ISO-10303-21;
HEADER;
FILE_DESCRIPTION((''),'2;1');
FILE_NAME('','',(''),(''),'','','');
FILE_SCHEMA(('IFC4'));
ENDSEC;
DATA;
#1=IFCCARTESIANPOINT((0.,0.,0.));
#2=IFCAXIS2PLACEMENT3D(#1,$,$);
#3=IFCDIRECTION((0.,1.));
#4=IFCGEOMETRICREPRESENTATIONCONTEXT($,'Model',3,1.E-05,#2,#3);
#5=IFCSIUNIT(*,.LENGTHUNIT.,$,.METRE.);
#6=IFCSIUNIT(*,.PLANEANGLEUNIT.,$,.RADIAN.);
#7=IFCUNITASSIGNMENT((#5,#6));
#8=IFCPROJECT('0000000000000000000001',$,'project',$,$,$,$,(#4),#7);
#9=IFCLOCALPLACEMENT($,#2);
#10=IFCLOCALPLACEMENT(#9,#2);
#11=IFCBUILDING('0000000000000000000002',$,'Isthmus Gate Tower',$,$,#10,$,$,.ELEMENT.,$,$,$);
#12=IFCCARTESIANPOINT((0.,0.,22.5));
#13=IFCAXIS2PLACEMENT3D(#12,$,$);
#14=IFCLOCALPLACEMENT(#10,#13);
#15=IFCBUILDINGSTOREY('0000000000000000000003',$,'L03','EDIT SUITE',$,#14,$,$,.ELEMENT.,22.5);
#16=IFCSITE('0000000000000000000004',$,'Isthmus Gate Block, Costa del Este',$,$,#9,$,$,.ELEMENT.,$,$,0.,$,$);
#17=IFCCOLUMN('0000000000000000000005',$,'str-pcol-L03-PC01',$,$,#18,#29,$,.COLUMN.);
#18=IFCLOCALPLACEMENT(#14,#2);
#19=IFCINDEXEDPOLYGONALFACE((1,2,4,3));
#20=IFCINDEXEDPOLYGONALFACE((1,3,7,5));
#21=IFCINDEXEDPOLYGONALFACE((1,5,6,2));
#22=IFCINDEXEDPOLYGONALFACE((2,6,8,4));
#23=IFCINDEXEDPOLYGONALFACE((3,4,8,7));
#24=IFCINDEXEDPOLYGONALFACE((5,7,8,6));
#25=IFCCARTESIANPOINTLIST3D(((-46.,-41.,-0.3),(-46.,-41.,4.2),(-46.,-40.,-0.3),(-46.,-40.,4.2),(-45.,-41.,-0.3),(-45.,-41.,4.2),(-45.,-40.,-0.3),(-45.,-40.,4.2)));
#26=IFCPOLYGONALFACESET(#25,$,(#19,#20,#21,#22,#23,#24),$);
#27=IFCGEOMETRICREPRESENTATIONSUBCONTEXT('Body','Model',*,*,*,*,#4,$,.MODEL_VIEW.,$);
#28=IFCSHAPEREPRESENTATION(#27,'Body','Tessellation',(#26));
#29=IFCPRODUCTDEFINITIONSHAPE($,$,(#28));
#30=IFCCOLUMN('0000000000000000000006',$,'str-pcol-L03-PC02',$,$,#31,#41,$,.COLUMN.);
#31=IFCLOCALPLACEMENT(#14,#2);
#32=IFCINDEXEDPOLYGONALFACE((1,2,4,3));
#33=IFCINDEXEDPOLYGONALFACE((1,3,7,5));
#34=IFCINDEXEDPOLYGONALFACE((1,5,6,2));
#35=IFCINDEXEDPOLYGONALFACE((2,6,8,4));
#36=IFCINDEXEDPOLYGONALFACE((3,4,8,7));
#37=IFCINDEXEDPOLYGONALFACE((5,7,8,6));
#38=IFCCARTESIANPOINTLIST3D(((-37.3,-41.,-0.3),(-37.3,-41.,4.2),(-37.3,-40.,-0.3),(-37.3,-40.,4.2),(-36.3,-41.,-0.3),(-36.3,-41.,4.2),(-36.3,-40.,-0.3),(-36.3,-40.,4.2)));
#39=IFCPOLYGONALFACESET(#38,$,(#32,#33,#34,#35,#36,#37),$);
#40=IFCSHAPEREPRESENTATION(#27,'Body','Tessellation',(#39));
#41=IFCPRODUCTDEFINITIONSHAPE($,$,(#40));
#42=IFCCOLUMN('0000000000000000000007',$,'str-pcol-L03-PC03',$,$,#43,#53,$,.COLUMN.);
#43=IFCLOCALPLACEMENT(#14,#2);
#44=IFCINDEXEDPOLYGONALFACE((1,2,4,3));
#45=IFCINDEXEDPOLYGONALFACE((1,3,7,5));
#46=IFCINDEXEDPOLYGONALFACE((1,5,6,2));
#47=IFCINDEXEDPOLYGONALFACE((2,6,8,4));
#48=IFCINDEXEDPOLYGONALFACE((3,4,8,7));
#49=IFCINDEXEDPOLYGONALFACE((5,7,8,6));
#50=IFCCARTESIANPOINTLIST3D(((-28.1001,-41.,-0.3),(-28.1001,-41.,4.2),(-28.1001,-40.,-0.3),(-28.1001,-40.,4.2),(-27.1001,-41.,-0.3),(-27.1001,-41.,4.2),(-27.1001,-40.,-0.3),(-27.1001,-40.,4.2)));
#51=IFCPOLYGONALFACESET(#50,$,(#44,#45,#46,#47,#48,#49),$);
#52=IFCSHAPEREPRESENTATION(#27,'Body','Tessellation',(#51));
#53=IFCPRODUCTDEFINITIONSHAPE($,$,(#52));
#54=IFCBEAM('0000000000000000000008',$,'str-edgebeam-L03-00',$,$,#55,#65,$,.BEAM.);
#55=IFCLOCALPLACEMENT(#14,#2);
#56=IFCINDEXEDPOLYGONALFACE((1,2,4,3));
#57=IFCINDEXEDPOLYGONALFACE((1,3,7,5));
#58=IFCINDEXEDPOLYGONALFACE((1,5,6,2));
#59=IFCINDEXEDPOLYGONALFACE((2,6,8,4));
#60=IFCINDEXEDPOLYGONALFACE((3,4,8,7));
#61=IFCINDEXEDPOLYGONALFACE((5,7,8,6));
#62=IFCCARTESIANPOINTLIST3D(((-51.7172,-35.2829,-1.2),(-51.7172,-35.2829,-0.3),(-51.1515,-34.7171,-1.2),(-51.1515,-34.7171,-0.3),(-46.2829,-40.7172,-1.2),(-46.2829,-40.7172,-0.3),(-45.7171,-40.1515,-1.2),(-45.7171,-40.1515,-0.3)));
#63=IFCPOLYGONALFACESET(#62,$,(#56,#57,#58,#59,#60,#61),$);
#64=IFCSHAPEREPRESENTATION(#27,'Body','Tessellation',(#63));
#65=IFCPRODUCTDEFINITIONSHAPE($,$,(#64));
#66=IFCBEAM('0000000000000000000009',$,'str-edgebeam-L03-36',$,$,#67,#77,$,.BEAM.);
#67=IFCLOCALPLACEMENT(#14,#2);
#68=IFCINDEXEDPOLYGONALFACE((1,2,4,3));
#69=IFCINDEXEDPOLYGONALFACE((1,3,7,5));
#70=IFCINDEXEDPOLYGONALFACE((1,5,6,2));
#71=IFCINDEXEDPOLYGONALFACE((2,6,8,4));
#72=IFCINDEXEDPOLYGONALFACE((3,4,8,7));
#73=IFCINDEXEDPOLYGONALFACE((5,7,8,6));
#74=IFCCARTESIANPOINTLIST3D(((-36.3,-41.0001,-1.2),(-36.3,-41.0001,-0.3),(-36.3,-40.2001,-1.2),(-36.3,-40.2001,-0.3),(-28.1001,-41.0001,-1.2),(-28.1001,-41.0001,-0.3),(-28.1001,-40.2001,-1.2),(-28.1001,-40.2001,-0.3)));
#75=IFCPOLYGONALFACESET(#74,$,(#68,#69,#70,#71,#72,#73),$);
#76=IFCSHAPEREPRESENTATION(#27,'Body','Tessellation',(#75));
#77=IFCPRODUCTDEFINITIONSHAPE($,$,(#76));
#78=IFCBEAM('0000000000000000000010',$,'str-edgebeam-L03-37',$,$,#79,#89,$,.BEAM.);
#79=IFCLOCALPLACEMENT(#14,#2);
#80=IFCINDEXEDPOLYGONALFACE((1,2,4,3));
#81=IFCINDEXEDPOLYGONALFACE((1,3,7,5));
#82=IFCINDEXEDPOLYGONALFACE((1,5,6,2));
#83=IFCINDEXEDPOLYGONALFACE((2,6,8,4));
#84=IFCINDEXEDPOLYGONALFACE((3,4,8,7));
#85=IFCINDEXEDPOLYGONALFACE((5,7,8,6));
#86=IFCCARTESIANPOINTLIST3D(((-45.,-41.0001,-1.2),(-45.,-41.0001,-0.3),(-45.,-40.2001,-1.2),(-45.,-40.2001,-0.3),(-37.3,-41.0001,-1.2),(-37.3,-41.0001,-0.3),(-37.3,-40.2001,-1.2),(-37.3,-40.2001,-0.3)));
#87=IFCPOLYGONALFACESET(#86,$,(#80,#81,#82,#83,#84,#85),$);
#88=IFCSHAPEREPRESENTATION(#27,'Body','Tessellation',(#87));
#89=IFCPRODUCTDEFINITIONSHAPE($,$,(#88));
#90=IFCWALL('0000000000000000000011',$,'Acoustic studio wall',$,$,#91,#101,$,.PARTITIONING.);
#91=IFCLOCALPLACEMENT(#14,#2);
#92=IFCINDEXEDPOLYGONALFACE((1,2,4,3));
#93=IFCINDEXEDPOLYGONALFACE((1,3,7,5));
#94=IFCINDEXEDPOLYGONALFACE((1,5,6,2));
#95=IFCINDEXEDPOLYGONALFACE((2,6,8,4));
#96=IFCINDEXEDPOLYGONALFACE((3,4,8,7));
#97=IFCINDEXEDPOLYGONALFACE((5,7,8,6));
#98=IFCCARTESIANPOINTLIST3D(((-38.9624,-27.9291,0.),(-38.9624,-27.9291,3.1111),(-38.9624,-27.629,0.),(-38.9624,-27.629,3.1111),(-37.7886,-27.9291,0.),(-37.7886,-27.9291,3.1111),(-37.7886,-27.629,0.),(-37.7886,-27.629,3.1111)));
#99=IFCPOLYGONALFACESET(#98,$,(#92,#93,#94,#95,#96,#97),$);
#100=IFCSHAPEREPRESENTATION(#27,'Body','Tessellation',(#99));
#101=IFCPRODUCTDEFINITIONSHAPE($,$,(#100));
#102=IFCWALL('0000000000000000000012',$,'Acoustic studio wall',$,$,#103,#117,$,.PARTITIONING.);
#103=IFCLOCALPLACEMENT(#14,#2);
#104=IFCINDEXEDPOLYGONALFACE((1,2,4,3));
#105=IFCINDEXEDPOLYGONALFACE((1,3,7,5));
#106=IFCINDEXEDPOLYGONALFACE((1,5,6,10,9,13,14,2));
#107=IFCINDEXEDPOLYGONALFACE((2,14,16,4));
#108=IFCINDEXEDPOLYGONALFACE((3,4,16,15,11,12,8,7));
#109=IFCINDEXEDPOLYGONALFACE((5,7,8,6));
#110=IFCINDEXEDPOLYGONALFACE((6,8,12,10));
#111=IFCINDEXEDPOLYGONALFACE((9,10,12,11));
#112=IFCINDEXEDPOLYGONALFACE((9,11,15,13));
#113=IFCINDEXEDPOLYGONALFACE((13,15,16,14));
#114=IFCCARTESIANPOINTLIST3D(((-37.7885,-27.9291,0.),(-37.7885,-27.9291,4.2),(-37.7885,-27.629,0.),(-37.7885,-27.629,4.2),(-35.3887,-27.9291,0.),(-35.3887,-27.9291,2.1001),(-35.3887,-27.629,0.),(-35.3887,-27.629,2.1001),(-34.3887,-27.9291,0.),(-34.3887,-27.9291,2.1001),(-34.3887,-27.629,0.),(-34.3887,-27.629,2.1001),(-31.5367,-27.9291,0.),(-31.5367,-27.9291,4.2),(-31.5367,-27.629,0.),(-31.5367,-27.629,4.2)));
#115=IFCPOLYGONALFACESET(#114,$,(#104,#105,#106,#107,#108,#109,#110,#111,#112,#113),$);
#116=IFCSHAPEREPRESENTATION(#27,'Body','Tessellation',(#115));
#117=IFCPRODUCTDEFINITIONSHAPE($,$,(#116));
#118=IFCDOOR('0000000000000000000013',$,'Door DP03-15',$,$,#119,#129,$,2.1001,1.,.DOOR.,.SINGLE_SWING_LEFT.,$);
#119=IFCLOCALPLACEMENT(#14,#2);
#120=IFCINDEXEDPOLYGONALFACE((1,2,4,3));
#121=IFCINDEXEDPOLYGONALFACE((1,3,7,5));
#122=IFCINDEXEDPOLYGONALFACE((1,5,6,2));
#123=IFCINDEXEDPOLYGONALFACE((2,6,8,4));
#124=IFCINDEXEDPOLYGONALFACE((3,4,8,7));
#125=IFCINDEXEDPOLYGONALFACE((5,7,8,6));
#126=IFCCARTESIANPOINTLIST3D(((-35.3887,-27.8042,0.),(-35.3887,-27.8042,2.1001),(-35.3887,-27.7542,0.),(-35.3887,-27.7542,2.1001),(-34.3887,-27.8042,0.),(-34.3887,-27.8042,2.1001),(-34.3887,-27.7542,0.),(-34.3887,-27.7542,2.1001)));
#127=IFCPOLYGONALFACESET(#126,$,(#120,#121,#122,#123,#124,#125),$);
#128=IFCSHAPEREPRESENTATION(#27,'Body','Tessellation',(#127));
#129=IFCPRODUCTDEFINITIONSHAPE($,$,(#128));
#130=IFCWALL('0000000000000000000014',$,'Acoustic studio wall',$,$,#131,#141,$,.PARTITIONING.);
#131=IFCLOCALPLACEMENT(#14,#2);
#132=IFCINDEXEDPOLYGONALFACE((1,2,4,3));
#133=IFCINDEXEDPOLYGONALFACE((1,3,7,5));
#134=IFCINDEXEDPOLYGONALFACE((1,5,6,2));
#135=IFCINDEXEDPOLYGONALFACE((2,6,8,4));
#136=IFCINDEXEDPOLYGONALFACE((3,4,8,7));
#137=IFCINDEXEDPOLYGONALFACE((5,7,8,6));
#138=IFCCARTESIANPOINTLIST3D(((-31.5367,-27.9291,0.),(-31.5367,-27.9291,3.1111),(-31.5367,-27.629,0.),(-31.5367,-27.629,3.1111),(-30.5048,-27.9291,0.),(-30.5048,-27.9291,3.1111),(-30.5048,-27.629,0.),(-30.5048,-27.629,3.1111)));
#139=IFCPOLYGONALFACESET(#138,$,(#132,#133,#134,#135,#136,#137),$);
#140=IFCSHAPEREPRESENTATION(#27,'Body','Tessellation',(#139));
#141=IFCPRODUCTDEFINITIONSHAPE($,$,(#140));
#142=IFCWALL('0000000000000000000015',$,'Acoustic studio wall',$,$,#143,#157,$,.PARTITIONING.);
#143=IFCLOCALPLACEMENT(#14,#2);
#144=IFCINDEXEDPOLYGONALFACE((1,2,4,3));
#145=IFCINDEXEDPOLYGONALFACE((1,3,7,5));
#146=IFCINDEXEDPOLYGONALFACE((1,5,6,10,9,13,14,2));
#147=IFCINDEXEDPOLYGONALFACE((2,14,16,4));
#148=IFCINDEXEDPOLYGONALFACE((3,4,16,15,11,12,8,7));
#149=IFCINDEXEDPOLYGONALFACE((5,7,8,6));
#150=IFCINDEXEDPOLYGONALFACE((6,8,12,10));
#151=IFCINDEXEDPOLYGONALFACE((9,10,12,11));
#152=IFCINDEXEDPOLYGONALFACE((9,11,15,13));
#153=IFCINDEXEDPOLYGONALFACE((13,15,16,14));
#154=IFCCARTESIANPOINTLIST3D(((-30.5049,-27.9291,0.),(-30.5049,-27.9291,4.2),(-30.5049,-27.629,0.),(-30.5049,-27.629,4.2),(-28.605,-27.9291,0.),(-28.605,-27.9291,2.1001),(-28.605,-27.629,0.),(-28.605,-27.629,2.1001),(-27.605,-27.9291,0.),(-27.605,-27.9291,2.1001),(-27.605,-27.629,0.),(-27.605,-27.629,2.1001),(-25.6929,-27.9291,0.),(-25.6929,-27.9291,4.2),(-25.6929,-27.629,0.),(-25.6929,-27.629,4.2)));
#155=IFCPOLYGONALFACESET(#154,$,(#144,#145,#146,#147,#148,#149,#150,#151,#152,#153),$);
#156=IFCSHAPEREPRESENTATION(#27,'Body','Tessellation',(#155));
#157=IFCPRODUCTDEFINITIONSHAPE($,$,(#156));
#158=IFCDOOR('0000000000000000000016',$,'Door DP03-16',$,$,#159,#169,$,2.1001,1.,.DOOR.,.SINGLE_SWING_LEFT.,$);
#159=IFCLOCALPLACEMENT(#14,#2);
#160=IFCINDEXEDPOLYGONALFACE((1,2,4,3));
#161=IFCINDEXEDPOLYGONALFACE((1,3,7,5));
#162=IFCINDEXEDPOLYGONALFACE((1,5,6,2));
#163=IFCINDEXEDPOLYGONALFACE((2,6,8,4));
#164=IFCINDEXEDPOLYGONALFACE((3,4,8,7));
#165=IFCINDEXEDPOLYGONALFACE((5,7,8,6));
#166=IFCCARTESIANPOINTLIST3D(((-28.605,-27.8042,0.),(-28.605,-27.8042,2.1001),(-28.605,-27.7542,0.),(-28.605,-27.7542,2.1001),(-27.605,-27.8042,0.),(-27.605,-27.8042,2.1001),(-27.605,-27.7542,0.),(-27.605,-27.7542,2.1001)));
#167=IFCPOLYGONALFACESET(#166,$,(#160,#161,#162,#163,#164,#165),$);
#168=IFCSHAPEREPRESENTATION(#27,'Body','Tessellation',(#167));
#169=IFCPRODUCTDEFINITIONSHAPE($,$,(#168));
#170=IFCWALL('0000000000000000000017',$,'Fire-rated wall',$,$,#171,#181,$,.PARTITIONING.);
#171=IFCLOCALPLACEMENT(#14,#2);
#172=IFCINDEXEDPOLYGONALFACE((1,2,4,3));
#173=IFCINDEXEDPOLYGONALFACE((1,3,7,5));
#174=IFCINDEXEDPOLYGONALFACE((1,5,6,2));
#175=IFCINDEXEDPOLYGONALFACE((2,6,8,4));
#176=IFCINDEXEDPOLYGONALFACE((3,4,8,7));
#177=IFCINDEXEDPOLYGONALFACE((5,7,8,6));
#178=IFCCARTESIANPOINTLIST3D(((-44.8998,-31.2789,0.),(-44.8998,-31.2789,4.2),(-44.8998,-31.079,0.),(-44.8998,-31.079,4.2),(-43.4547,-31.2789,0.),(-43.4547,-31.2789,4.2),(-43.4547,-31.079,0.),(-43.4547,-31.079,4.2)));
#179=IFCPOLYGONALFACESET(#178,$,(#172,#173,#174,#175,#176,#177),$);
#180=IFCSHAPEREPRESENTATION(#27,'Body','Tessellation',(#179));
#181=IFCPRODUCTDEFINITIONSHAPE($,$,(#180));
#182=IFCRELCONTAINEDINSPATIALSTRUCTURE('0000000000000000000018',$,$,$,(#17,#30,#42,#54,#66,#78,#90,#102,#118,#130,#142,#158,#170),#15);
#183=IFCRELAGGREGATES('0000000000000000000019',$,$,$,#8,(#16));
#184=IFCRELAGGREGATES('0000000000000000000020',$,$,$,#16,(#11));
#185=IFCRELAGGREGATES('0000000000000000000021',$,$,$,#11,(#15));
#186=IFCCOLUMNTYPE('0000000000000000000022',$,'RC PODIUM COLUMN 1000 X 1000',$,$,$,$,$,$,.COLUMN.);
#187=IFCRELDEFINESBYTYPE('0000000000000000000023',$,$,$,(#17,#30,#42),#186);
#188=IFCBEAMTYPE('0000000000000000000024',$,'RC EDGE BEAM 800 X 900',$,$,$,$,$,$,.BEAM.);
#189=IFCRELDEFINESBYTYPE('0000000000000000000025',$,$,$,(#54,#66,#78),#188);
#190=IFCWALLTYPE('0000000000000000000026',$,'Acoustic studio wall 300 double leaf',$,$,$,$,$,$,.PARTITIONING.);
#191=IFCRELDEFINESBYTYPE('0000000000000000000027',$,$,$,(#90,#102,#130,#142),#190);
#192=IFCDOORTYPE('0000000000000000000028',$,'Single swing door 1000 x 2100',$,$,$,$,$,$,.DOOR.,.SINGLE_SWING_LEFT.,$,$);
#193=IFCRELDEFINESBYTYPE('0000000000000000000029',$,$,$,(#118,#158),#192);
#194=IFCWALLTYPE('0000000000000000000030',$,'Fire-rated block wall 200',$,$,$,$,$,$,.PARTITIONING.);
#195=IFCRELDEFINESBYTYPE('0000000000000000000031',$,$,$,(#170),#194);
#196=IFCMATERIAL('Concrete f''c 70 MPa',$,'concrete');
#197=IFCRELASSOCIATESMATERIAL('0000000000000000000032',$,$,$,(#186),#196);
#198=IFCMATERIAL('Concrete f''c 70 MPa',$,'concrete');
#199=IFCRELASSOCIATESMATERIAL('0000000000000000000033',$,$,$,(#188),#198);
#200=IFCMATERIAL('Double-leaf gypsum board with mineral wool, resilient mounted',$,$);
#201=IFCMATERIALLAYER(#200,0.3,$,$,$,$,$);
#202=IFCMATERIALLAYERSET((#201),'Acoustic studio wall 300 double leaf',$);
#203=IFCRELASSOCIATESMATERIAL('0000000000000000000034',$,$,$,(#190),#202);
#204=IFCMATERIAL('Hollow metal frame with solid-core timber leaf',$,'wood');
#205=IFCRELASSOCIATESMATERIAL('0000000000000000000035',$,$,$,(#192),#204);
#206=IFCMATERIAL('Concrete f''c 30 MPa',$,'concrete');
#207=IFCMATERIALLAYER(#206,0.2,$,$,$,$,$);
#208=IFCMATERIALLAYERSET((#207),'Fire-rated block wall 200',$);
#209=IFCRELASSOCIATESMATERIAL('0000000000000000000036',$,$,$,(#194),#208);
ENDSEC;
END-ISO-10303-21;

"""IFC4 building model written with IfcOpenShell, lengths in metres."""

from ifc_helpers import new_model, si_unit, direction, frame, frame_2d, origin, origin_2d, place, context, subcontext, project, spatial, rectangle, extrude, material, layer, layer_set, material_profile, profile_set, type_object, element, fill, save


model = new_model("IFC4")

# Units and contexts
model_context = context("Model", 3, precision=1e-05, world=origin(), true_north=direction((0.0, 1.0)))
body_context = subcontext(model_context, "Body", "Model", "MODEL_VIEW")
ifc_project = project(units=[si_unit("LENGTHUNIT", "METRE"), si_unit("PLANEANGLEUNIT", "RADIAN")], contexts=[model_context])

# Site, building, storey
site_placement = place(None, origin())
site = spatial("IfcSite", under=ifc_project, at=site_placement, Name="Isthmus Gate Block, Costa del Este", CompositionType="ELEMENT", RefElevation=0.0)
building_placement = place(site_placement, origin())
building = spatial("IfcBuilding", under=site, at=building_placement, Name="Isthmus Gate Tower", CompositionType="ELEMENT")
storey_placement = place(building_placement, frame((0.0, 0.0, 22.5)))
storey = spatial("IfcBuildingStorey", under=building, at=storey_placement, Name="L03", Description="EDIT SUITE", CompositionType="ELEMENT", Elevation=22.5)

# Columns
ifc_material_1 = material(Name="Concrete f'c 70 MPa", Category="concrete")
ifc_material_profile_1 = material_profile(ifc_material_1, rectangle(XDim=1.0, YDim=1.0, at=origin_2d()), Name="RC 1000X1000")
ifc_profile_set_1 = profile_set([ifc_material_profile_1], Name="Concrete f'c 70 MPa")
column_type = type_object("IfcColumnType", Name="RC PODIUM COLUMN 1000 X 1000", PredefinedType="COLUMN", material=ifc_profile_set_1)
for number, where, z_axis, x_axis, name in (
    (1, (-45.5, -40.5, -0.3), (0.0, 0.0, 1.0), (1.0, 0.0, 0.0), "str-pcol-L03-PC01"),
    (2, (-36.8, -40.5, -0.3), (0.0, 0.0, 1.0), (1.0, 0.0, 0.0), "str-pcol-L03-PC02"),
    (3, (-27.6001, -40.5, -0.3), (0.0, 0.0, 1.0), (1.0, 0.0, 0.0), "str-pcol-L03-PC03"),
):
    element("IfcColumn", number, at=place(storey_placement, frame(where, z_axis=z_axis, x_axis=x_axis)), inside=storey, type_object=column_type, Name=name, PredefinedType="COLUMN", context=body_context, shape_type="SweptSolid", body=[
        extrude(rectangle(XDim=1.0, YDim=1.0, at=origin_2d()), origin(), (0.0, 0.0, 1.0), 4.5),
    ])

# Beams
ifc_material_2 = material(Name="Concrete f'c 70 MPa", Category="concrete")
ifc_material_profile_2 = material_profile(ifc_material_2, rectangle(XDim=0.8, YDim=0.8999, at=origin_2d()), Name="RC 800X900")
ifc_profile_set_2 = profile_set([ifc_material_profile_2], Name="Concrete f'c 70 MPa")
beam_type = type_object("IfcBeamType", Name="RC EDGE BEAM 800 X 900", PredefinedType="BEAM", material=ifc_profile_set_2)
beam_1_placement = place(storey_placement, frame((-46.0, -40.4343, -0.75), z_axis=(-0.707107, 0.707107, 0.0), x_axis=(-0.707107, -0.707107, 0.0)))
element("IfcBeam", 4, at=beam_1_placement, inside=storey, type_object=beam_type, Name="str-edgebeam-L03-00", PredefinedType="BEAM", context=body_context, shape_type="SweptSolid", body=[
    extrude(rectangle(XDim=0.8, YDim=0.8999, at=origin_2d()), origin(), (0.0, 0.0, 1.0), 7.6853),
])
beam_2_placement = place(storey_placement, frame((-28.1001, -40.6001, -0.75), z_axis=(-1.0, 0.0, 0.0), x_axis=(0.0, -1.0, 0.0)))
element("IfcBeam", 5, at=beam_2_placement, inside=storey, type_object=beam_type, Name="str-edgebeam-L03-36", PredefinedType="BEAM", context=body_context, shape_type="SweptSolid", body=[
    extrude(rectangle(XDim=0.8, YDim=0.8999, at=origin_2d()), origin(), (0.0, 0.0, 1.0), 8.2),
])
beam_3_placement = place(storey_placement, frame((-37.3, -40.6001, -0.75), z_axis=(-1.0, 0.0, 0.0), x_axis=(0.0, -1.0, 0.0)))
element("IfcBeam", 6, at=beam_3_placement, inside=storey, type_object=beam_type, Name="str-edgebeam-L03-37", PredefinedType="BEAM", context=body_context, shape_type="SweptSolid", body=[
    extrude(rectangle(XDim=0.8, YDim=0.8999, at=origin_2d()), origin(), (0.0, 0.0, 1.0), 7.7),
])

# Wall
ifc_material_3 = material(Name="Double-leaf gypsum board with mineral wool, resilient mounted")
ifc_layer_1 = layer(ifc_material_3, 0.3)
ifc_layer_set_1 = layer_set([ifc_layer_1], Name="Acoustic studio wall 300 double leaf")
wall_type_1 = type_object("IfcWallType", Name="Acoustic studio wall 300 double leaf", PredefinedType="PARTITIONING", material=ifc_layer_set_1)
wall_1_placement = place(storey_placement, frame((-38.9624, -27.7791, 0.0), z_axis=(0.0, 0.0, 1.0), x_axis=(1.0, 0.0, 0.0)))
element("IfcWall", 7, at=wall_1_placement, inside=storey, type_object=wall_type_1, Name="Acoustic studio wall", PredefinedType="PARTITIONING", context=body_context, shape_type="SweptSolid", body=[
    extrude(rectangle(XDim=1.1738, YDim=0.3, at=frame_2d((0.5869, 0.0))), origin(), (0.0, 0.0, 1.0), 3.1111),
])

# Wall, opening, door
wall_2_placement = place(storey_placement, frame((-37.7886, -27.7791, 0.0), z_axis=(0.0, 0.0, 1.0), x_axis=(1.0, 0.0, 0.0)))
wall_2 = element("IfcWall", 8, at=wall_2_placement, inside=storey, type_object=wall_type_1, Name="Acoustic studio wall", PredefinedType="PARTITIONING", context=body_context, shape_type="SweptSolid", body=[
    extrude(rectangle(XDim=6.2517, YDim=0.3, at=frame_2d((3.126, 0.0))), origin(), (0.0, 0.0, 1.0), 4.2),
])
opening_1_placement = place(wall_2_placement, frame((2.3999, 0.0, 0.0)))
opening_1 = element("IfcOpeningElement", 9, at=opening_1_placement, cuts=wall_2, PredefinedType="OPENING", context=body_context, shape_type="SweptSolid", body=[
    extrude(rectangle(XDim=1.0, YDim=2.1001, at=frame_2d((0.5, 1.05))), frame((0.0, 0.1599, 0.0), z_axis=(0.0, -1.0, 0.0), x_axis=(1.0, 0.0, 0.0)), (0.0, 0.0, 1.0), 0.3201),
])
ifc_material_4 = material(Name="Hollow metal frame with solid-core timber leaf", Category="wood")
door_type_1 = type_object("IfcDoorType", Name="Single swing door 1000 x 2100", OperationType="SINGLE_SWING_LEFT", PredefinedType="DOOR", material=ifc_material_4)
door_1_placement = place(opening_1_placement, origin())
door_1 = element("IfcDoor", 10, at=door_1_placement, inside=storey, type_object=door_type_1, Name="Door DP03-15", OperationType="SINGLE_SWING_LEFT", OverallHeight=2.1001, OverallWidth=1.0, PredefinedType="DOOR", context=body_context, shape_type="SweptSolid", body=[
    extrude(rectangle(XDim=1.0, YDim=2.1001, at=frame_2d((0.5, 1.05))), frame((0.0, 0.0249, 0.0), z_axis=(0.0, -1.0, 0.0), x_axis=(1.0, 0.0, 0.0)), (0.0, 0.0, 1.0), 0.05),
])
fill(opening_1, door_1)

# Wall
wall_3_placement = place(storey_placement, frame((-31.5369, -27.7791, 0.0), z_axis=(0.0, 0.0, 1.0), x_axis=(1.0, 0.0, 0.0)))
element("IfcWall", 11, at=wall_3_placement, inside=storey, type_object=wall_type_1, Name="Acoustic studio wall", PredefinedType="PARTITIONING", context=body_context, shape_type="SweptSolid", body=[
    extrude(rectangle(XDim=1.032, YDim=0.3, at=frame_2d((0.5161, 0.0))), origin(), (0.0, 0.0, 1.0), 3.1111),
])

# Wall, opening, door
wall_4_placement = place(storey_placement, frame((-30.5049, -27.7791, 0.0), z_axis=(0.0, 0.0, 1.0), x_axis=(1.0, 0.0, 0.0)))
wall_4 = element("IfcWall", 12, at=wall_4_placement, inside=storey, type_object=wall_type_1, Name="Acoustic studio wall", PredefinedType="PARTITIONING", context=body_context, shape_type="SweptSolid", body=[
    extrude(rectangle(XDim=4.812, YDim=0.3, at=frame_2d((2.406, 0.0))), origin(), (0.0, 0.0, 1.0), 4.2),
])
opening_2_placement = place(wall_4_placement, frame((1.8999, 0.0, 0.0)))
opening_2 = element("IfcOpeningElement", 13, at=opening_2_placement, cuts=wall_4, PredefinedType="OPENING", context=body_context, shape_type="SweptSolid", body=[
    extrude(rectangle(XDim=1.0, YDim=2.1001, at=frame_2d((0.5, 1.05))), frame((0.0, 0.1599, 0.0), z_axis=(0.0, -1.0, 0.0), x_axis=(1.0, 0.0, 0.0)), (0.0, 0.0, 1.0), 0.3201),
])
door_2_placement = place(opening_2_placement, origin())
door_2 = element("IfcDoor", 14, at=door_2_placement, inside=storey, type_object=door_type_1, Name="Door DP03-16", OperationType="SINGLE_SWING_LEFT", OverallHeight=2.1001, OverallWidth=1.0, PredefinedType="DOOR", context=body_context, shape_type="SweptSolid", body=[
    extrude(rectangle(XDim=1.0, YDim=2.1001, at=frame_2d((0.5, 1.05))), frame((0.0, 0.0249, 0.0), z_axis=(0.0, -1.0, 0.0), x_axis=(1.0, 0.0, 0.0)), (0.0, 0.0, 1.0), 0.05),
])
fill(opening_2, door_2)

# Wall
ifc_material_5 = material(Name="Concrete f'c 30 MPa", Category="concrete")
ifc_layer_2 = layer(ifc_material_5, 0.2)
ifc_layer_set_2 = layer_set([ifc_layer_2], Name="Fire-rated block wall 200")
wall_type_2 = type_object("IfcWallType", Name="Fire-rated block wall 200", PredefinedType="PARTITIONING", material=ifc_layer_set_2)
wall_5_placement = place(storey_placement, frame((-44.8999, -31.179, 0.0), z_axis=(0.0, 0.0, 1.0), x_axis=(1.0, 0.0, 0.0)))
element("IfcWall", 15, at=wall_5_placement, inside=storey, type_object=wall_type_2, Name="Fire-rated wall", PredefinedType="PARTITIONING", context=body_context, shape_type="SweptSolid", body=[
    extrude(rectangle(XDim=1.4451, YDim=0.2, at=frame_2d((0.7227, 0.0))), origin(), (0.0, 0.0, 1.0), 4.2),
])

save(model, "model.ifc")
